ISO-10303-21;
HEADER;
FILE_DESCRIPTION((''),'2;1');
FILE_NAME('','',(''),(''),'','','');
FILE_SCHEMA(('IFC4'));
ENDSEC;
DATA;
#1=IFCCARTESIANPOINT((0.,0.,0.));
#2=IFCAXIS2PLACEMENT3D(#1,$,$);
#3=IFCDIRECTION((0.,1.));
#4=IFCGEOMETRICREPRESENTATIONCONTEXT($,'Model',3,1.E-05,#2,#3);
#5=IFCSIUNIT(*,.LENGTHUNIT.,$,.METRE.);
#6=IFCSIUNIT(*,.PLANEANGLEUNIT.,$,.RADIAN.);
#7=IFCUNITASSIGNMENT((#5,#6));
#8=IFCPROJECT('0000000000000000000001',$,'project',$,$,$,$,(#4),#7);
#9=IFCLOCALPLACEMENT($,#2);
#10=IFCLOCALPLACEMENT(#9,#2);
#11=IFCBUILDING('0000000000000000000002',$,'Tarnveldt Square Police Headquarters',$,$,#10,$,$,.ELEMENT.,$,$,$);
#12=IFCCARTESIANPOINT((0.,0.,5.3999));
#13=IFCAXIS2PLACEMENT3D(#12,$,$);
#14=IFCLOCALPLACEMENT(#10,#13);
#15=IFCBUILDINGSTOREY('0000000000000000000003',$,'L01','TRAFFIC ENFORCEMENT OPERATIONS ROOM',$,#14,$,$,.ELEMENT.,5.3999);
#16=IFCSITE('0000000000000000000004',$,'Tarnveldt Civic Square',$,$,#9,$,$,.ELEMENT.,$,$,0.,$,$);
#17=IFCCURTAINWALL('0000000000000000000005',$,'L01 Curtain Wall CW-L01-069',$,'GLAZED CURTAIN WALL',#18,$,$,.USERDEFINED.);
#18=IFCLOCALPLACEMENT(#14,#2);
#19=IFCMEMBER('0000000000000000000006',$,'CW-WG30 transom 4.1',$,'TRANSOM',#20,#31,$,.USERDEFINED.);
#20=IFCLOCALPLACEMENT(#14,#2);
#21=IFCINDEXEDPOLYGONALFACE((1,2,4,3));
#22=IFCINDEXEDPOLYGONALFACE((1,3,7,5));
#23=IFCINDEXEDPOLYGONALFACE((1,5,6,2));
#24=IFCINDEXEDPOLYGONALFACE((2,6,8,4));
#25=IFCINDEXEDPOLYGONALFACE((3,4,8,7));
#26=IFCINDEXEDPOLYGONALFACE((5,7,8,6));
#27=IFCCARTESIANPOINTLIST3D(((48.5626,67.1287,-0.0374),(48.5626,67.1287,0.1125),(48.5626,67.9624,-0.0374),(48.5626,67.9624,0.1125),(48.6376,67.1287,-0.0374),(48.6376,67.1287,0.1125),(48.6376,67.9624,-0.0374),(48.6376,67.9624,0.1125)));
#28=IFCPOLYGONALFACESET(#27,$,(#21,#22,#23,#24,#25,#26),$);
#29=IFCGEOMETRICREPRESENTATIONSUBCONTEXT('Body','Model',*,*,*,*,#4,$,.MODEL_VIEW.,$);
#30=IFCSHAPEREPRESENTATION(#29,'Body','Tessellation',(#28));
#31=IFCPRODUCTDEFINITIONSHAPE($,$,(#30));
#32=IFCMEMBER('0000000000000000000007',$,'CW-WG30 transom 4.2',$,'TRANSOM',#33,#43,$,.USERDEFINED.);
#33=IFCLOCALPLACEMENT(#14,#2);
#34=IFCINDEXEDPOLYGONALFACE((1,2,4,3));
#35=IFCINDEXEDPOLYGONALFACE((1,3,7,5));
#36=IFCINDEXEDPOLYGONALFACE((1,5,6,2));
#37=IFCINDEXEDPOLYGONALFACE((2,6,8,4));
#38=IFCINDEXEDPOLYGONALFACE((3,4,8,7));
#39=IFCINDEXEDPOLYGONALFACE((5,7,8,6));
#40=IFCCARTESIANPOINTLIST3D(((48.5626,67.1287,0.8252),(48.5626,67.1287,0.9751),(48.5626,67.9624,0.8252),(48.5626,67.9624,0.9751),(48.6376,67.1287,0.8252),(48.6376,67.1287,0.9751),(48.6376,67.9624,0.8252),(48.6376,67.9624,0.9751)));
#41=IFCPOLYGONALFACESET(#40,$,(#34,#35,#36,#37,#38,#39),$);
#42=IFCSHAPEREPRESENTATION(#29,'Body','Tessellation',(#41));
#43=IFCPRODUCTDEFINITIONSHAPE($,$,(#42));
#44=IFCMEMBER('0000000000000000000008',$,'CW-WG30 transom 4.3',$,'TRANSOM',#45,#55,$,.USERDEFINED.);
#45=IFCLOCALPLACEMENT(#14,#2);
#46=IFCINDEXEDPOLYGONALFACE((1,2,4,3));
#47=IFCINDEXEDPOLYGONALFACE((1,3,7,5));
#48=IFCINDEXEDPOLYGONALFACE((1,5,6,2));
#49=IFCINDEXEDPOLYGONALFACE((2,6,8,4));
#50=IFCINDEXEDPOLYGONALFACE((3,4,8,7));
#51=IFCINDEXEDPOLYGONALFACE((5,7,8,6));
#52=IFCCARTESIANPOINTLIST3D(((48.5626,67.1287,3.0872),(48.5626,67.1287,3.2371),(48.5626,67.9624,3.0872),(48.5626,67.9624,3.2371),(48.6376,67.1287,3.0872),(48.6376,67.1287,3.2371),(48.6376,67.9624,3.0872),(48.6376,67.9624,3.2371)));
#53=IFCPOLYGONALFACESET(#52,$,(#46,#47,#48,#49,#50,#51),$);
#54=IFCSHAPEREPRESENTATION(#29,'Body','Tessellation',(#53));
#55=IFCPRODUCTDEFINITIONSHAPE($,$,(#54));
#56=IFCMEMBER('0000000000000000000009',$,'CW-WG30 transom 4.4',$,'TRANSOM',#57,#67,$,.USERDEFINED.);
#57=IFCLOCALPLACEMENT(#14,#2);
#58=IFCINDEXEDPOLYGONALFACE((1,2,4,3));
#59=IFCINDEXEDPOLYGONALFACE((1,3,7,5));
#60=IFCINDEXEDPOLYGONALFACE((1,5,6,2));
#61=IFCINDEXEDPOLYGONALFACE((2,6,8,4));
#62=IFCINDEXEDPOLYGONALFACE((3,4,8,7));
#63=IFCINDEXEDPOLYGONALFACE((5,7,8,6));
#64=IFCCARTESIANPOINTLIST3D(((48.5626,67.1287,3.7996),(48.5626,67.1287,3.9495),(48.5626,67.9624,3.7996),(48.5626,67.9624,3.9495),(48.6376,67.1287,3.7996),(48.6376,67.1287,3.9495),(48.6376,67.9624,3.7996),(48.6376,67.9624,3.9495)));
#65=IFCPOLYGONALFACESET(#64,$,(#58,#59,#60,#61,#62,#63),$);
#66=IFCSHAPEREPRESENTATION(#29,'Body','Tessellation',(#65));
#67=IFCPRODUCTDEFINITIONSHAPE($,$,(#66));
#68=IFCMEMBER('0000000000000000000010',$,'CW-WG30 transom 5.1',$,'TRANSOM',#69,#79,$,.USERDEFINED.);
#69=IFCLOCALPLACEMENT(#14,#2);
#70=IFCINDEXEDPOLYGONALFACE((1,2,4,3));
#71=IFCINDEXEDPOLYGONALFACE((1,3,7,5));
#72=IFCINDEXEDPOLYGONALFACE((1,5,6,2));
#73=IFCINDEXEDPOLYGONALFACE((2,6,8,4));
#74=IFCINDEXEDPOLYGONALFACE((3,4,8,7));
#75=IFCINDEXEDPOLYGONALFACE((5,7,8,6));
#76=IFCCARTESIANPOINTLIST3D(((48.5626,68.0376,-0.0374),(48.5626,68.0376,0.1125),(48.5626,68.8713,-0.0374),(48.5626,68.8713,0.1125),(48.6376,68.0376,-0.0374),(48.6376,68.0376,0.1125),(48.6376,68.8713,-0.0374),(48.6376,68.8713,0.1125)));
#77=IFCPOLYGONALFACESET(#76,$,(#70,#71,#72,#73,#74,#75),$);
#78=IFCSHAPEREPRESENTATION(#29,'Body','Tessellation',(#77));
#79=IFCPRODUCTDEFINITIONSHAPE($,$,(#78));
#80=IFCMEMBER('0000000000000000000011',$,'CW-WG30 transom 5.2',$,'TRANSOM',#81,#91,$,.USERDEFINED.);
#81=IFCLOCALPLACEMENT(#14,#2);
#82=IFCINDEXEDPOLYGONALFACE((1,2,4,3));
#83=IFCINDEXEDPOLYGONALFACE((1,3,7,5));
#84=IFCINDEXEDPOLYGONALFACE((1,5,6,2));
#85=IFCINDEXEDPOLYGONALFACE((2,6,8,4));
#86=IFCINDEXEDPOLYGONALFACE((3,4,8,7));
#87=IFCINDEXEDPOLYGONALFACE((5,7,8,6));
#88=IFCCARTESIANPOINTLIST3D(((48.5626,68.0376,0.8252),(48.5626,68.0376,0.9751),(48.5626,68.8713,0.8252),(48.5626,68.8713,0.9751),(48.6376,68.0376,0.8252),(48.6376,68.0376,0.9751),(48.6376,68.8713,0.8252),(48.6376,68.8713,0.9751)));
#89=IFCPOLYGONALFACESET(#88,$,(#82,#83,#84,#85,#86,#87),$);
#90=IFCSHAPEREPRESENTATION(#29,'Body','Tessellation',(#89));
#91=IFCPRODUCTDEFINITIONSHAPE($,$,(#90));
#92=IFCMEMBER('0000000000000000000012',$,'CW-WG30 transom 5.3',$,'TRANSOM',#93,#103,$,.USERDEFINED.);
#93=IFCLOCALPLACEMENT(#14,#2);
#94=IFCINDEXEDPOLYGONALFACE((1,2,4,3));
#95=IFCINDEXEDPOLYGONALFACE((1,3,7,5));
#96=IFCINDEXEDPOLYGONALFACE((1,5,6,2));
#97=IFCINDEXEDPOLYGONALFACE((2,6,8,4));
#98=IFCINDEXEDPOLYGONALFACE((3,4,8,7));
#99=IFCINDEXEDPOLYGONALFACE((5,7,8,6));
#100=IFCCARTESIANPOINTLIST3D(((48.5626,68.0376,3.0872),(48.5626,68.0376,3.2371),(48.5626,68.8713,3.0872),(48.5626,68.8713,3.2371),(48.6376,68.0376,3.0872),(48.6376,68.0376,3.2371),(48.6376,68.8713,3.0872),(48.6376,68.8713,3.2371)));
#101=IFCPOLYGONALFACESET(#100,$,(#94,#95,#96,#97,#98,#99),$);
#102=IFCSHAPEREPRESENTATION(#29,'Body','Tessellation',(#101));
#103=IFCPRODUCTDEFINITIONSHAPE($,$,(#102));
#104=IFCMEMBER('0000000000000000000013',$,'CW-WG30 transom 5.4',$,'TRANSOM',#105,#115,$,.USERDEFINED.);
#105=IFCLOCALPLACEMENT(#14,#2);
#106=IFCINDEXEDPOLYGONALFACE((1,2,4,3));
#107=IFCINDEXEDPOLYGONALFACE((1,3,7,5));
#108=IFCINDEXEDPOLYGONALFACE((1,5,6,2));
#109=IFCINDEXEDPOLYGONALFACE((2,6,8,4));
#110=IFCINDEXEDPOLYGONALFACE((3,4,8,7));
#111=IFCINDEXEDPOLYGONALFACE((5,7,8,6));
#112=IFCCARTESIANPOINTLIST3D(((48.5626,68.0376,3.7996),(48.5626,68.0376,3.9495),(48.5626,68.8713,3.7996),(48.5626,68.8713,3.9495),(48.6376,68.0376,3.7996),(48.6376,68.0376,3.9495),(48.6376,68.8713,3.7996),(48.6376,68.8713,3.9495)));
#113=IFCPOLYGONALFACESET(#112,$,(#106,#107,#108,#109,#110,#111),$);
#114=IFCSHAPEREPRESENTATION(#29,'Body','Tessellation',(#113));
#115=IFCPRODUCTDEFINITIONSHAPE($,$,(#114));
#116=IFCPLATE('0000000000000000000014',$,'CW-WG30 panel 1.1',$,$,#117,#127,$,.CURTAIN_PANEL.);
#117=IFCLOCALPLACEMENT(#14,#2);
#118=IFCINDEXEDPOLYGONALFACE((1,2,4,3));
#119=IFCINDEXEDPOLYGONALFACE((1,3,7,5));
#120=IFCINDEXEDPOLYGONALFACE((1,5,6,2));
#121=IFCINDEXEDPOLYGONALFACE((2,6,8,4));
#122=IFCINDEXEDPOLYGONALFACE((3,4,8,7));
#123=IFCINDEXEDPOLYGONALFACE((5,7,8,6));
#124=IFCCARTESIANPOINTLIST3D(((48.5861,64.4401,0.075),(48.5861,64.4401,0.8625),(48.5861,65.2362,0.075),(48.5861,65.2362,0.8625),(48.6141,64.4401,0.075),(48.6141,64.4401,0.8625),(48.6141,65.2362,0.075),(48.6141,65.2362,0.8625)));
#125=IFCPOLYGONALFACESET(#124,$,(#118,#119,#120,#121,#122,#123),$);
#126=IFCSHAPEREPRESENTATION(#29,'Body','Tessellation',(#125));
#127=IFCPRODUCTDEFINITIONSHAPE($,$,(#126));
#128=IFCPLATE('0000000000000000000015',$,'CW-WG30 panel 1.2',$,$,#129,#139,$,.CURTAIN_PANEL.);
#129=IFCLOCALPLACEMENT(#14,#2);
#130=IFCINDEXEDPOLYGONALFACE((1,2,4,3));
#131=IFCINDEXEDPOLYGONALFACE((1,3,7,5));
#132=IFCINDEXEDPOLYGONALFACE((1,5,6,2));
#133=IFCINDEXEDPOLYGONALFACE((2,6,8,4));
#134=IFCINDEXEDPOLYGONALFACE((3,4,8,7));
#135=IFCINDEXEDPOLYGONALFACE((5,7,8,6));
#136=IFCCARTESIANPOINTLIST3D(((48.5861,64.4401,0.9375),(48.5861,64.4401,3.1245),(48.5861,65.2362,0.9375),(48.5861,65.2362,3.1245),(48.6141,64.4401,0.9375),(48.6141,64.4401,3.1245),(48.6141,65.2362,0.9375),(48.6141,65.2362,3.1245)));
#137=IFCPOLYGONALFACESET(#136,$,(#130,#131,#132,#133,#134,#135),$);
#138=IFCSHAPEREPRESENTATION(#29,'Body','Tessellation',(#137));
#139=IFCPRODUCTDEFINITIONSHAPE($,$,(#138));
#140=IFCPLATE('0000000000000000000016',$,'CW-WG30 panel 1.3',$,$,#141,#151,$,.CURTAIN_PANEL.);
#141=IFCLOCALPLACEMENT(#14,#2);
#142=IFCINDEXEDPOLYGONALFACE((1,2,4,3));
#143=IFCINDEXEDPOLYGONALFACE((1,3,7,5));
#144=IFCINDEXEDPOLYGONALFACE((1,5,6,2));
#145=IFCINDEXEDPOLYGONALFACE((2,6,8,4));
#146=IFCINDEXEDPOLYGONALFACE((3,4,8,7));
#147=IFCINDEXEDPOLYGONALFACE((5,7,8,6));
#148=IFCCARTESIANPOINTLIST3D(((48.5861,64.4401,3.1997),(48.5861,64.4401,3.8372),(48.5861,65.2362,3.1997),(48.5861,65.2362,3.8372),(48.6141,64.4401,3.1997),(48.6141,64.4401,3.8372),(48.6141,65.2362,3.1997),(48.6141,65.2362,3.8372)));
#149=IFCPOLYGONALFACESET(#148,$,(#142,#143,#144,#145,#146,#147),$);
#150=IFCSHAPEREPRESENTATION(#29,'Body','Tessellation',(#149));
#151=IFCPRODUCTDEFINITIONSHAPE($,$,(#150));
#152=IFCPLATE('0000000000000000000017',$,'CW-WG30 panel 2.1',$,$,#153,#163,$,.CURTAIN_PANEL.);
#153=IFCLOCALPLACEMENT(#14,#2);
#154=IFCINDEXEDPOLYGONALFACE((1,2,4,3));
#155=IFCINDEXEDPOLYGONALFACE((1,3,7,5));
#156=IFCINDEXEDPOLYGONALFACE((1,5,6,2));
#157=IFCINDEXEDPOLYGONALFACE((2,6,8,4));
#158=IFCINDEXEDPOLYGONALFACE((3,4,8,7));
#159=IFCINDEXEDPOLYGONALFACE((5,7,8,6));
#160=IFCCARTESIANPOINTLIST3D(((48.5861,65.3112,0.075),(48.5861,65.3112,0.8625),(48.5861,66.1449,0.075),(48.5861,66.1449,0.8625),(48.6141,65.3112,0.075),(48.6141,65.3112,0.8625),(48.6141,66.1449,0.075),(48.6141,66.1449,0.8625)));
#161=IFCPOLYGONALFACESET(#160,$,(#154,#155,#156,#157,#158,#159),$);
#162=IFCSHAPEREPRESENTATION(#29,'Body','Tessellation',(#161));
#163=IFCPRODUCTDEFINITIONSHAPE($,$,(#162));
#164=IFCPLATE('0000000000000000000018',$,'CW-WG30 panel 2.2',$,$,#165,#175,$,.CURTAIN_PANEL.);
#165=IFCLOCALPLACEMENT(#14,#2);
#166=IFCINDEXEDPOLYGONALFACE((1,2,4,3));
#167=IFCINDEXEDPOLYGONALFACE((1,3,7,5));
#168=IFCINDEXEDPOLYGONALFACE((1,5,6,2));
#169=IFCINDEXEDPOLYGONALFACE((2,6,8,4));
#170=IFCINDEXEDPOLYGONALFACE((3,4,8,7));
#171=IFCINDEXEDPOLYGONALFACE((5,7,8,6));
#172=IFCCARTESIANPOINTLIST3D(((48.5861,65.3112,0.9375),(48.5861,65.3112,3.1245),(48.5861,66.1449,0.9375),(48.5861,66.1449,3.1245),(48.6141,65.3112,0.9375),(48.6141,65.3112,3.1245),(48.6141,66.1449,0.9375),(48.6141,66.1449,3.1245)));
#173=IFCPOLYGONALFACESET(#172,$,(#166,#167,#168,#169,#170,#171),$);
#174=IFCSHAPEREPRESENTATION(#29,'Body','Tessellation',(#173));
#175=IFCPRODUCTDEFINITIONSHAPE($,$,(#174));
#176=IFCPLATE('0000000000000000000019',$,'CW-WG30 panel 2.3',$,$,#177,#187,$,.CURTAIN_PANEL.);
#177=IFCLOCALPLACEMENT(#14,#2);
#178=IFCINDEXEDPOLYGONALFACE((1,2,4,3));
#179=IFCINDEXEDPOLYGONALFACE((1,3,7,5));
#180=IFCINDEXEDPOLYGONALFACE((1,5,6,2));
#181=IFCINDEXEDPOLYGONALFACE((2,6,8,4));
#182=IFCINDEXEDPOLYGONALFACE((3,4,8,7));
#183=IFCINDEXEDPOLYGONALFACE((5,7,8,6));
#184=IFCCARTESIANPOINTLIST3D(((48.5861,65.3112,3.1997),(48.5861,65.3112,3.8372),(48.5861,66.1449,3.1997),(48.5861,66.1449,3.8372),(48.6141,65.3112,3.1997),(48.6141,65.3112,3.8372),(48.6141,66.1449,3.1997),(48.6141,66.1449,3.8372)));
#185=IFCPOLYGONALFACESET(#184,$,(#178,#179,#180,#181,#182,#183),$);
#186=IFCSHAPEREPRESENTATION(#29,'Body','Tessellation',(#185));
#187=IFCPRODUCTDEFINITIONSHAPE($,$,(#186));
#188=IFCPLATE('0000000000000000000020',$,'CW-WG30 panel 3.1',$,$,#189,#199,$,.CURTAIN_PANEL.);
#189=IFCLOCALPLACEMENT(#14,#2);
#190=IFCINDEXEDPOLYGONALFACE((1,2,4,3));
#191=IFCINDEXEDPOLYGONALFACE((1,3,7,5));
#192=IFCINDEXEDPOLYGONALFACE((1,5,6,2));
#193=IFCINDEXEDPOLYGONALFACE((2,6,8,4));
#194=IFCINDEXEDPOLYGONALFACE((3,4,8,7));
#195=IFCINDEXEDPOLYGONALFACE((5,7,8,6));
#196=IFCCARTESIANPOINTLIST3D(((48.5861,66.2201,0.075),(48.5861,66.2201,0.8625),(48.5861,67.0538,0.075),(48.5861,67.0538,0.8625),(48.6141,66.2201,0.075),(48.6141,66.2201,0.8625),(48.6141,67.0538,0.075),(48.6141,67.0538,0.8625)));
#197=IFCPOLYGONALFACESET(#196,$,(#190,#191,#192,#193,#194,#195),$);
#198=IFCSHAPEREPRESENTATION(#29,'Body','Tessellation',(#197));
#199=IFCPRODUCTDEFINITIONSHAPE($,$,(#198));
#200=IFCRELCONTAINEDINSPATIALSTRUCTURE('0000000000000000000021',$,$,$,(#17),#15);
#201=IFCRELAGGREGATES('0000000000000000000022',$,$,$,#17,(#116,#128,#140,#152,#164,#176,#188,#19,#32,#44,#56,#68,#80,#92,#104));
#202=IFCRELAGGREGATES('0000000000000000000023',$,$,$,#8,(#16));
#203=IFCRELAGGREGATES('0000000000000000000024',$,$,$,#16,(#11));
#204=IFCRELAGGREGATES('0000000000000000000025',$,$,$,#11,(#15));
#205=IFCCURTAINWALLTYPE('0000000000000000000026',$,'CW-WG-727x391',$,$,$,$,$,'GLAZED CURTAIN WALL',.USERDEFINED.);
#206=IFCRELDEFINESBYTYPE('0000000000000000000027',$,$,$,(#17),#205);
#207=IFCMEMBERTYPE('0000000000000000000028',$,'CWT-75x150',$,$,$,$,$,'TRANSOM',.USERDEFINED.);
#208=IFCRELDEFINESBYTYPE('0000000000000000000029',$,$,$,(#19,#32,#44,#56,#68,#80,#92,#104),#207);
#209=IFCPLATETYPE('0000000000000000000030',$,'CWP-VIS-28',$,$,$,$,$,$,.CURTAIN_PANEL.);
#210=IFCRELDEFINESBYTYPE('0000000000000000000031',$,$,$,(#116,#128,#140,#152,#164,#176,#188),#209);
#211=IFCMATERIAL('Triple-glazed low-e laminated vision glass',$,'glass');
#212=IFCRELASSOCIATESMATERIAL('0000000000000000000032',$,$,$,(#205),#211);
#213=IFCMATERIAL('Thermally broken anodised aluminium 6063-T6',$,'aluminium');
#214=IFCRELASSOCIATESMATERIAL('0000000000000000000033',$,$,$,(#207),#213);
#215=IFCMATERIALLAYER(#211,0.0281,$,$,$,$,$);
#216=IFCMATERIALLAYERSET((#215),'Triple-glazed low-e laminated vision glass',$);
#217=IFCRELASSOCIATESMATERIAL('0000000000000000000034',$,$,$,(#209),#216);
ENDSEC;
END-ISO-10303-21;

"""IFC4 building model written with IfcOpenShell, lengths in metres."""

from ifc_helpers import new_model, si_unit, direction, frame, origin, origin_2d, place, context, subcontext, project, spatial, rectangle, extrude, material, layer, layer_set, material_profile, profile_set, type_object, element, aggregate, save


model = new_model("IFC4")

# Units and contexts
model_context = context("Model", 3, precision=1e-05, world=origin(), true_north=direction((0.0, 1.0)))
body_context = subcontext(model_context, "Body", "Model", "MODEL_VIEW")
ifc_project = project(units=[si_unit("LENGTHUNIT", "METRE"), si_unit("PLANEANGLEUNIT", "RADIAN")], contexts=[model_context])

# Site, building, storey
site_placement = place(None, origin())
site = spatial("IfcSite", under=ifc_project, at=site_placement, Name="Tarnveldt Civic Square", CompositionType="ELEMENT", RefElevation=0.0)
building_placement = place(site_placement, origin())
building = spatial("IfcBuilding", under=site, at=building_placement, Name="Tarnveldt Square Police Headquarters", CompositionType="ELEMENT")
storey_placement = place(building_placement, frame((0.0, 0.0, 5.3999)))
storey = spatial("IfcBuildingStorey", under=building, at=storey_placement, Name="L01", Description="TRAFFIC ENFORCEMENT OPERATIONS ROOM", CompositionType="ELEMENT", Elevation=5.3999)

# Curtain wall, members, plates
ifc_material_1 = material(Name="Triple-glazed low-e laminated vision glass", Category="glass")
curtain_wall_type = type_object("IfcCurtainWallType", Name="CW-WG-727x391", ElementType="GLAZED CURTAIN WALL", PredefinedType="USERDEFINED", material=ifc_material_1)
curtain_wall_placement = place(storey_placement, origin())
curtain_wall = element("IfcCurtainWall", 1, at=curtain_wall_placement, inside=storey, type_object=curtain_wall_type, Name="L01 Curtain Wall CW-L01-069", ObjectType="GLAZED CURTAIN WALL", PredefinedType="USERDEFINED")
ifc_material_2 = material(Name="Thermally broken anodised aluminium 6063-T6", Category="aluminium")
ifc_material_profile_1 = material_profile(ifc_material_2, rectangle(XDim=0.075, YDim=0.1499, at=origin_2d()), Name="CW-T75x150")
ifc_profile_set_1 = profile_set([ifc_material_profile_1], Name="Thermally broken anodised aluminium 6063-T6")
member_type_1 = type_object("IfcMemberType", Name="CWT-75x150", ElementType="TRANSOM", PredefinedType="USERDEFINED", material=ifc_profile_set_1)
member_1_placement = place(storey_placement, frame((48.6001, 67.1287, 0.0376), z_axis=(0.0, 1.0, 0.0), x_axis=(-1.0, 0.0, 0.0)))
member_1 = element("IfcMember", 2, at=member_1_placement, type_object=member_type_1, Name="CW-WG30 transom 4.1", ObjectType="TRANSOM", PredefinedType="USERDEFINED", context=body_context, shape_type="SweptSolid", body=[
    extrude(rectangle(XDim=0.075, YDim=0.1499, at=origin_2d()), origin(), (0.0, 0.0, 1.0), 0.8337),
])
member_2_placement = place(storey_placement, frame((48.6001, 67.1287, 0.9001), z_axis=(0.0, 1.0, 0.0), x_axis=(-1.0, 0.0, 0.0)))
member_2 = element("IfcMember", 3, at=member_2_placement, type_object=member_type_1, Name="CW-WG30 transom 4.2", ObjectType="TRANSOM", PredefinedType="USERDEFINED", context=body_context, shape_type="SweptSolid", body=[
    extrude(rectangle(XDim=0.075, YDim=0.1499, at=origin_2d()), origin(), (0.0, 0.0, 1.0), 0.8337),
])
member_3_placement = place(storey_placement, frame((48.6001, 67.1287, 3.1621), z_axis=(0.0, 1.0, 0.0), x_axis=(-1.0, 0.0, 0.0)))
member_3 = element("IfcMember", 4, at=member_3_placement, type_object=member_type_1, Name="CW-WG30 transom 4.3", ObjectType="TRANSOM", PredefinedType="USERDEFINED", context=body_context, shape_type="SweptSolid", body=[
    extrude(rectangle(XDim=0.075, YDim=0.1499, at=origin_2d()), origin(), (0.0, 0.0, 1.0), 0.8337),
])
member_4_placement = place(storey_placement, frame((48.6001, 67.1287, 3.8745), z_axis=(0.0, 1.0, 0.0), x_axis=(-1.0, 0.0, 0.0)))
member_4 = element("IfcMember", 5, at=member_4_placement, type_object=member_type_1, Name="CW-WG30 transom 4.4", ObjectType="TRANSOM", PredefinedType="USERDEFINED", context=body_context, shape_type="SweptSolid", body=[
    extrude(rectangle(XDim=0.075, YDim=0.1499, at=origin_2d()), origin(), (0.0, 0.0, 1.0), 0.8337),
])
member_5_placement = place(storey_placement, frame((48.6001, 68.0376, 0.0376), z_axis=(0.0, 1.0, 0.0), x_axis=(-1.0, 0.0, 0.0)))
member_5 = element("IfcMember", 6, at=member_5_placement, type_object=member_type_1, Name="CW-WG30 transom 5.1", ObjectType="TRANSOM", PredefinedType="USERDEFINED", context=body_context, shape_type="SweptSolid", body=[
    extrude(rectangle(XDim=0.075, YDim=0.1499, at=origin_2d()), origin(), (0.0, 0.0, 1.0), 0.8337),
])
member_6_placement = place(storey_placement, frame((48.6001, 68.0376, 0.9001), z_axis=(0.0, 1.0, 0.0), x_axis=(-1.0, 0.0, 0.0)))
member_6 = element("IfcMember", 7, at=member_6_placement, type_object=member_type_1, Name="CW-WG30 transom 5.2", ObjectType="TRANSOM", PredefinedType="USERDEFINED", context=body_context, shape_type="SweptSolid", body=[
    extrude(rectangle(XDim=0.075, YDim=0.1499, at=origin_2d()), origin(), (0.0, 0.0, 1.0), 0.8337),
])
member_7_placement = place(storey_placement, frame((48.6001, 68.0376, 3.1621), z_axis=(0.0, 1.0, 0.0), x_axis=(-1.0, 0.0, 0.0)))
member_7 = element("IfcMember", 8, at=member_7_placement, type_object=member_type_1, Name="CW-WG30 transom 5.3", ObjectType="TRANSOM", PredefinedType="USERDEFINED", context=body_context, shape_type="SweptSolid", body=[
    extrude(rectangle(XDim=0.075, YDim=0.1499, at=origin_2d()), origin(), (0.0, 0.0, 1.0), 0.8337),
])
member_8_placement = place(storey_placement, frame((48.6001, 68.0376, 3.8745), z_axis=(0.0, 1.0, 0.0), x_axis=(-1.0, 0.0, 0.0)))
member_8 = element("IfcMember", 9, at=member_8_placement, type_object=member_type_1, Name="CW-WG30 transom 5.4", ObjectType="TRANSOM", PredefinedType="USERDEFINED", context=body_context, shape_type="SweptSolid", body=[
    extrude(rectangle(XDim=0.075, YDim=0.1499, at=origin_2d()), origin(), (0.0, 0.0, 1.0), 0.8337),
])
ifc_layer = layer(ifc_material_1, 0.0281)
ifc_layer_set = layer_set([ifc_layer], Name="Triple-glazed low-e laminated vision glass")
plate_type = type_object("IfcPlateType", Name="CWP-VIS-28", PredefinedType="CURTAIN_PANEL", material=ifc_layer_set)
plate_1_placement = place(storey_placement, frame((48.6001, 64.8381, 0.075), z_axis=(0.0, 0.0, 1.0), x_axis=(0.0, 1.0, 0.0)))
plate_1 = element("IfcPlate", 10, at=plate_1_placement, type_object=plate_type, Name="CW-WG30 panel 1.1", PredefinedType="CURTAIN_PANEL", context=body_context, shape_type="SweptSolid", body=[
    extrude(rectangle(XDim=0.7961, YDim=0.0281, at=origin_2d()), origin(), (0.0, 0.0, 1.0), 0.7876),
])
plate_2_placement = place(storey_placement, frame((48.6001, 64.8381, 0.9375), z_axis=(0.0, 0.0, 1.0), x_axis=(0.0, 1.0, 0.0)))
plate_2 = element("IfcPlate", 11, at=plate_2_placement, type_object=plate_type, Name="CW-WG30 panel 1.2", PredefinedType="CURTAIN_PANEL", context=body_context, shape_type="SweptSolid", body=[
    extrude(rectangle(XDim=0.7961, YDim=0.0281, at=origin_2d()), origin(), (0.0, 0.0, 1.0), 2.187),
])
plate_3_placement = place(storey_placement, frame((48.6001, 64.8381, 3.1997), z_axis=(0.0, 0.0, 1.0), x_axis=(0.0, 1.0, 0.0)))
plate_3 = element("IfcPlate", 12, at=plate_3_placement, type_object=plate_type, Name="CW-WG30 panel 1.3", PredefinedType="CURTAIN_PANEL", context=body_context, shape_type="SweptSolid", body=[
    extrude(rectangle(XDim=0.7961, YDim=0.0281, at=origin_2d()), origin(), (0.0, 0.0, 1.0), 0.6375),
])
plate_4_placement = place(storey_placement, frame((48.6001, 65.728, 0.075), z_axis=(0.0, 0.0, 1.0), x_axis=(0.0, 1.0, 0.0)))
plate_4 = element("IfcPlate", 13, at=plate_4_placement, type_object=plate_type, Name="CW-WG30 panel 2.1", PredefinedType="CURTAIN_PANEL", context=body_context, shape_type="SweptSolid", body=[
    extrude(rectangle(XDim=0.8337, YDim=0.0281, at=origin_2d()), origin(), (0.0, 0.0, 1.0), 0.7876),
])
plate_5_placement = place(storey_placement, frame((48.6001, 65.728, 0.9375), z_axis=(0.0, 0.0, 1.0), x_axis=(0.0, 1.0, 0.0)))
plate_5 = element("IfcPlate", 14, at=plate_5_placement, type_object=plate_type, Name="CW-WG30 panel 2.2", PredefinedType="CURTAIN_PANEL", context=body_context, shape_type="SweptSolid", body=[
    extrude(rectangle(XDim=0.8337, YDim=0.0281, at=origin_2d()), origin(), (0.0, 0.0, 1.0), 2.187),
])
plate_6_placement = place(storey_placement, frame((48.6001, 65.728, 3.1997), z_axis=(0.0, 0.0, 1.0), x_axis=(0.0, 1.0, 0.0)))
plate_6 = element("IfcPlate", 15, at=plate_6_placement, type_object=plate_type, Name="CW-WG30 panel 2.3", PredefinedType="CURTAIN_PANEL", context=body_context, shape_type="SweptSolid", body=[
    extrude(rectangle(XDim=0.8337, YDim=0.0281, at=origin_2d()), origin(), (0.0, 0.0, 1.0), 0.6375),
])
plate_7_placement = place(storey_placement, frame((48.6001, 66.637, 0.075), z_axis=(0.0, 0.0, 1.0), x_axis=(0.0, 1.0, 0.0)))
plate_7 = element("IfcPlate", 16, at=plate_7_placement, type_object=plate_type, Name="CW-WG30 panel 3.1", PredefinedType="CURTAIN_PANEL", context=body_context, shape_type="SweptSolid", body=[
    extrude(rectangle(XDim=0.8337, YDim=0.0281, at=origin_2d()), origin(), (0.0, 0.0, 1.0), 0.7876),
])
aggregate(curtain_wall, [plate_1, plate_2, plate_3, plate_4, plate_5, plate_6, plate_7, member_1, member_2, member_3, member_4, member_5, member_6, member_7, member_8])

save(model, "model.ifc")
